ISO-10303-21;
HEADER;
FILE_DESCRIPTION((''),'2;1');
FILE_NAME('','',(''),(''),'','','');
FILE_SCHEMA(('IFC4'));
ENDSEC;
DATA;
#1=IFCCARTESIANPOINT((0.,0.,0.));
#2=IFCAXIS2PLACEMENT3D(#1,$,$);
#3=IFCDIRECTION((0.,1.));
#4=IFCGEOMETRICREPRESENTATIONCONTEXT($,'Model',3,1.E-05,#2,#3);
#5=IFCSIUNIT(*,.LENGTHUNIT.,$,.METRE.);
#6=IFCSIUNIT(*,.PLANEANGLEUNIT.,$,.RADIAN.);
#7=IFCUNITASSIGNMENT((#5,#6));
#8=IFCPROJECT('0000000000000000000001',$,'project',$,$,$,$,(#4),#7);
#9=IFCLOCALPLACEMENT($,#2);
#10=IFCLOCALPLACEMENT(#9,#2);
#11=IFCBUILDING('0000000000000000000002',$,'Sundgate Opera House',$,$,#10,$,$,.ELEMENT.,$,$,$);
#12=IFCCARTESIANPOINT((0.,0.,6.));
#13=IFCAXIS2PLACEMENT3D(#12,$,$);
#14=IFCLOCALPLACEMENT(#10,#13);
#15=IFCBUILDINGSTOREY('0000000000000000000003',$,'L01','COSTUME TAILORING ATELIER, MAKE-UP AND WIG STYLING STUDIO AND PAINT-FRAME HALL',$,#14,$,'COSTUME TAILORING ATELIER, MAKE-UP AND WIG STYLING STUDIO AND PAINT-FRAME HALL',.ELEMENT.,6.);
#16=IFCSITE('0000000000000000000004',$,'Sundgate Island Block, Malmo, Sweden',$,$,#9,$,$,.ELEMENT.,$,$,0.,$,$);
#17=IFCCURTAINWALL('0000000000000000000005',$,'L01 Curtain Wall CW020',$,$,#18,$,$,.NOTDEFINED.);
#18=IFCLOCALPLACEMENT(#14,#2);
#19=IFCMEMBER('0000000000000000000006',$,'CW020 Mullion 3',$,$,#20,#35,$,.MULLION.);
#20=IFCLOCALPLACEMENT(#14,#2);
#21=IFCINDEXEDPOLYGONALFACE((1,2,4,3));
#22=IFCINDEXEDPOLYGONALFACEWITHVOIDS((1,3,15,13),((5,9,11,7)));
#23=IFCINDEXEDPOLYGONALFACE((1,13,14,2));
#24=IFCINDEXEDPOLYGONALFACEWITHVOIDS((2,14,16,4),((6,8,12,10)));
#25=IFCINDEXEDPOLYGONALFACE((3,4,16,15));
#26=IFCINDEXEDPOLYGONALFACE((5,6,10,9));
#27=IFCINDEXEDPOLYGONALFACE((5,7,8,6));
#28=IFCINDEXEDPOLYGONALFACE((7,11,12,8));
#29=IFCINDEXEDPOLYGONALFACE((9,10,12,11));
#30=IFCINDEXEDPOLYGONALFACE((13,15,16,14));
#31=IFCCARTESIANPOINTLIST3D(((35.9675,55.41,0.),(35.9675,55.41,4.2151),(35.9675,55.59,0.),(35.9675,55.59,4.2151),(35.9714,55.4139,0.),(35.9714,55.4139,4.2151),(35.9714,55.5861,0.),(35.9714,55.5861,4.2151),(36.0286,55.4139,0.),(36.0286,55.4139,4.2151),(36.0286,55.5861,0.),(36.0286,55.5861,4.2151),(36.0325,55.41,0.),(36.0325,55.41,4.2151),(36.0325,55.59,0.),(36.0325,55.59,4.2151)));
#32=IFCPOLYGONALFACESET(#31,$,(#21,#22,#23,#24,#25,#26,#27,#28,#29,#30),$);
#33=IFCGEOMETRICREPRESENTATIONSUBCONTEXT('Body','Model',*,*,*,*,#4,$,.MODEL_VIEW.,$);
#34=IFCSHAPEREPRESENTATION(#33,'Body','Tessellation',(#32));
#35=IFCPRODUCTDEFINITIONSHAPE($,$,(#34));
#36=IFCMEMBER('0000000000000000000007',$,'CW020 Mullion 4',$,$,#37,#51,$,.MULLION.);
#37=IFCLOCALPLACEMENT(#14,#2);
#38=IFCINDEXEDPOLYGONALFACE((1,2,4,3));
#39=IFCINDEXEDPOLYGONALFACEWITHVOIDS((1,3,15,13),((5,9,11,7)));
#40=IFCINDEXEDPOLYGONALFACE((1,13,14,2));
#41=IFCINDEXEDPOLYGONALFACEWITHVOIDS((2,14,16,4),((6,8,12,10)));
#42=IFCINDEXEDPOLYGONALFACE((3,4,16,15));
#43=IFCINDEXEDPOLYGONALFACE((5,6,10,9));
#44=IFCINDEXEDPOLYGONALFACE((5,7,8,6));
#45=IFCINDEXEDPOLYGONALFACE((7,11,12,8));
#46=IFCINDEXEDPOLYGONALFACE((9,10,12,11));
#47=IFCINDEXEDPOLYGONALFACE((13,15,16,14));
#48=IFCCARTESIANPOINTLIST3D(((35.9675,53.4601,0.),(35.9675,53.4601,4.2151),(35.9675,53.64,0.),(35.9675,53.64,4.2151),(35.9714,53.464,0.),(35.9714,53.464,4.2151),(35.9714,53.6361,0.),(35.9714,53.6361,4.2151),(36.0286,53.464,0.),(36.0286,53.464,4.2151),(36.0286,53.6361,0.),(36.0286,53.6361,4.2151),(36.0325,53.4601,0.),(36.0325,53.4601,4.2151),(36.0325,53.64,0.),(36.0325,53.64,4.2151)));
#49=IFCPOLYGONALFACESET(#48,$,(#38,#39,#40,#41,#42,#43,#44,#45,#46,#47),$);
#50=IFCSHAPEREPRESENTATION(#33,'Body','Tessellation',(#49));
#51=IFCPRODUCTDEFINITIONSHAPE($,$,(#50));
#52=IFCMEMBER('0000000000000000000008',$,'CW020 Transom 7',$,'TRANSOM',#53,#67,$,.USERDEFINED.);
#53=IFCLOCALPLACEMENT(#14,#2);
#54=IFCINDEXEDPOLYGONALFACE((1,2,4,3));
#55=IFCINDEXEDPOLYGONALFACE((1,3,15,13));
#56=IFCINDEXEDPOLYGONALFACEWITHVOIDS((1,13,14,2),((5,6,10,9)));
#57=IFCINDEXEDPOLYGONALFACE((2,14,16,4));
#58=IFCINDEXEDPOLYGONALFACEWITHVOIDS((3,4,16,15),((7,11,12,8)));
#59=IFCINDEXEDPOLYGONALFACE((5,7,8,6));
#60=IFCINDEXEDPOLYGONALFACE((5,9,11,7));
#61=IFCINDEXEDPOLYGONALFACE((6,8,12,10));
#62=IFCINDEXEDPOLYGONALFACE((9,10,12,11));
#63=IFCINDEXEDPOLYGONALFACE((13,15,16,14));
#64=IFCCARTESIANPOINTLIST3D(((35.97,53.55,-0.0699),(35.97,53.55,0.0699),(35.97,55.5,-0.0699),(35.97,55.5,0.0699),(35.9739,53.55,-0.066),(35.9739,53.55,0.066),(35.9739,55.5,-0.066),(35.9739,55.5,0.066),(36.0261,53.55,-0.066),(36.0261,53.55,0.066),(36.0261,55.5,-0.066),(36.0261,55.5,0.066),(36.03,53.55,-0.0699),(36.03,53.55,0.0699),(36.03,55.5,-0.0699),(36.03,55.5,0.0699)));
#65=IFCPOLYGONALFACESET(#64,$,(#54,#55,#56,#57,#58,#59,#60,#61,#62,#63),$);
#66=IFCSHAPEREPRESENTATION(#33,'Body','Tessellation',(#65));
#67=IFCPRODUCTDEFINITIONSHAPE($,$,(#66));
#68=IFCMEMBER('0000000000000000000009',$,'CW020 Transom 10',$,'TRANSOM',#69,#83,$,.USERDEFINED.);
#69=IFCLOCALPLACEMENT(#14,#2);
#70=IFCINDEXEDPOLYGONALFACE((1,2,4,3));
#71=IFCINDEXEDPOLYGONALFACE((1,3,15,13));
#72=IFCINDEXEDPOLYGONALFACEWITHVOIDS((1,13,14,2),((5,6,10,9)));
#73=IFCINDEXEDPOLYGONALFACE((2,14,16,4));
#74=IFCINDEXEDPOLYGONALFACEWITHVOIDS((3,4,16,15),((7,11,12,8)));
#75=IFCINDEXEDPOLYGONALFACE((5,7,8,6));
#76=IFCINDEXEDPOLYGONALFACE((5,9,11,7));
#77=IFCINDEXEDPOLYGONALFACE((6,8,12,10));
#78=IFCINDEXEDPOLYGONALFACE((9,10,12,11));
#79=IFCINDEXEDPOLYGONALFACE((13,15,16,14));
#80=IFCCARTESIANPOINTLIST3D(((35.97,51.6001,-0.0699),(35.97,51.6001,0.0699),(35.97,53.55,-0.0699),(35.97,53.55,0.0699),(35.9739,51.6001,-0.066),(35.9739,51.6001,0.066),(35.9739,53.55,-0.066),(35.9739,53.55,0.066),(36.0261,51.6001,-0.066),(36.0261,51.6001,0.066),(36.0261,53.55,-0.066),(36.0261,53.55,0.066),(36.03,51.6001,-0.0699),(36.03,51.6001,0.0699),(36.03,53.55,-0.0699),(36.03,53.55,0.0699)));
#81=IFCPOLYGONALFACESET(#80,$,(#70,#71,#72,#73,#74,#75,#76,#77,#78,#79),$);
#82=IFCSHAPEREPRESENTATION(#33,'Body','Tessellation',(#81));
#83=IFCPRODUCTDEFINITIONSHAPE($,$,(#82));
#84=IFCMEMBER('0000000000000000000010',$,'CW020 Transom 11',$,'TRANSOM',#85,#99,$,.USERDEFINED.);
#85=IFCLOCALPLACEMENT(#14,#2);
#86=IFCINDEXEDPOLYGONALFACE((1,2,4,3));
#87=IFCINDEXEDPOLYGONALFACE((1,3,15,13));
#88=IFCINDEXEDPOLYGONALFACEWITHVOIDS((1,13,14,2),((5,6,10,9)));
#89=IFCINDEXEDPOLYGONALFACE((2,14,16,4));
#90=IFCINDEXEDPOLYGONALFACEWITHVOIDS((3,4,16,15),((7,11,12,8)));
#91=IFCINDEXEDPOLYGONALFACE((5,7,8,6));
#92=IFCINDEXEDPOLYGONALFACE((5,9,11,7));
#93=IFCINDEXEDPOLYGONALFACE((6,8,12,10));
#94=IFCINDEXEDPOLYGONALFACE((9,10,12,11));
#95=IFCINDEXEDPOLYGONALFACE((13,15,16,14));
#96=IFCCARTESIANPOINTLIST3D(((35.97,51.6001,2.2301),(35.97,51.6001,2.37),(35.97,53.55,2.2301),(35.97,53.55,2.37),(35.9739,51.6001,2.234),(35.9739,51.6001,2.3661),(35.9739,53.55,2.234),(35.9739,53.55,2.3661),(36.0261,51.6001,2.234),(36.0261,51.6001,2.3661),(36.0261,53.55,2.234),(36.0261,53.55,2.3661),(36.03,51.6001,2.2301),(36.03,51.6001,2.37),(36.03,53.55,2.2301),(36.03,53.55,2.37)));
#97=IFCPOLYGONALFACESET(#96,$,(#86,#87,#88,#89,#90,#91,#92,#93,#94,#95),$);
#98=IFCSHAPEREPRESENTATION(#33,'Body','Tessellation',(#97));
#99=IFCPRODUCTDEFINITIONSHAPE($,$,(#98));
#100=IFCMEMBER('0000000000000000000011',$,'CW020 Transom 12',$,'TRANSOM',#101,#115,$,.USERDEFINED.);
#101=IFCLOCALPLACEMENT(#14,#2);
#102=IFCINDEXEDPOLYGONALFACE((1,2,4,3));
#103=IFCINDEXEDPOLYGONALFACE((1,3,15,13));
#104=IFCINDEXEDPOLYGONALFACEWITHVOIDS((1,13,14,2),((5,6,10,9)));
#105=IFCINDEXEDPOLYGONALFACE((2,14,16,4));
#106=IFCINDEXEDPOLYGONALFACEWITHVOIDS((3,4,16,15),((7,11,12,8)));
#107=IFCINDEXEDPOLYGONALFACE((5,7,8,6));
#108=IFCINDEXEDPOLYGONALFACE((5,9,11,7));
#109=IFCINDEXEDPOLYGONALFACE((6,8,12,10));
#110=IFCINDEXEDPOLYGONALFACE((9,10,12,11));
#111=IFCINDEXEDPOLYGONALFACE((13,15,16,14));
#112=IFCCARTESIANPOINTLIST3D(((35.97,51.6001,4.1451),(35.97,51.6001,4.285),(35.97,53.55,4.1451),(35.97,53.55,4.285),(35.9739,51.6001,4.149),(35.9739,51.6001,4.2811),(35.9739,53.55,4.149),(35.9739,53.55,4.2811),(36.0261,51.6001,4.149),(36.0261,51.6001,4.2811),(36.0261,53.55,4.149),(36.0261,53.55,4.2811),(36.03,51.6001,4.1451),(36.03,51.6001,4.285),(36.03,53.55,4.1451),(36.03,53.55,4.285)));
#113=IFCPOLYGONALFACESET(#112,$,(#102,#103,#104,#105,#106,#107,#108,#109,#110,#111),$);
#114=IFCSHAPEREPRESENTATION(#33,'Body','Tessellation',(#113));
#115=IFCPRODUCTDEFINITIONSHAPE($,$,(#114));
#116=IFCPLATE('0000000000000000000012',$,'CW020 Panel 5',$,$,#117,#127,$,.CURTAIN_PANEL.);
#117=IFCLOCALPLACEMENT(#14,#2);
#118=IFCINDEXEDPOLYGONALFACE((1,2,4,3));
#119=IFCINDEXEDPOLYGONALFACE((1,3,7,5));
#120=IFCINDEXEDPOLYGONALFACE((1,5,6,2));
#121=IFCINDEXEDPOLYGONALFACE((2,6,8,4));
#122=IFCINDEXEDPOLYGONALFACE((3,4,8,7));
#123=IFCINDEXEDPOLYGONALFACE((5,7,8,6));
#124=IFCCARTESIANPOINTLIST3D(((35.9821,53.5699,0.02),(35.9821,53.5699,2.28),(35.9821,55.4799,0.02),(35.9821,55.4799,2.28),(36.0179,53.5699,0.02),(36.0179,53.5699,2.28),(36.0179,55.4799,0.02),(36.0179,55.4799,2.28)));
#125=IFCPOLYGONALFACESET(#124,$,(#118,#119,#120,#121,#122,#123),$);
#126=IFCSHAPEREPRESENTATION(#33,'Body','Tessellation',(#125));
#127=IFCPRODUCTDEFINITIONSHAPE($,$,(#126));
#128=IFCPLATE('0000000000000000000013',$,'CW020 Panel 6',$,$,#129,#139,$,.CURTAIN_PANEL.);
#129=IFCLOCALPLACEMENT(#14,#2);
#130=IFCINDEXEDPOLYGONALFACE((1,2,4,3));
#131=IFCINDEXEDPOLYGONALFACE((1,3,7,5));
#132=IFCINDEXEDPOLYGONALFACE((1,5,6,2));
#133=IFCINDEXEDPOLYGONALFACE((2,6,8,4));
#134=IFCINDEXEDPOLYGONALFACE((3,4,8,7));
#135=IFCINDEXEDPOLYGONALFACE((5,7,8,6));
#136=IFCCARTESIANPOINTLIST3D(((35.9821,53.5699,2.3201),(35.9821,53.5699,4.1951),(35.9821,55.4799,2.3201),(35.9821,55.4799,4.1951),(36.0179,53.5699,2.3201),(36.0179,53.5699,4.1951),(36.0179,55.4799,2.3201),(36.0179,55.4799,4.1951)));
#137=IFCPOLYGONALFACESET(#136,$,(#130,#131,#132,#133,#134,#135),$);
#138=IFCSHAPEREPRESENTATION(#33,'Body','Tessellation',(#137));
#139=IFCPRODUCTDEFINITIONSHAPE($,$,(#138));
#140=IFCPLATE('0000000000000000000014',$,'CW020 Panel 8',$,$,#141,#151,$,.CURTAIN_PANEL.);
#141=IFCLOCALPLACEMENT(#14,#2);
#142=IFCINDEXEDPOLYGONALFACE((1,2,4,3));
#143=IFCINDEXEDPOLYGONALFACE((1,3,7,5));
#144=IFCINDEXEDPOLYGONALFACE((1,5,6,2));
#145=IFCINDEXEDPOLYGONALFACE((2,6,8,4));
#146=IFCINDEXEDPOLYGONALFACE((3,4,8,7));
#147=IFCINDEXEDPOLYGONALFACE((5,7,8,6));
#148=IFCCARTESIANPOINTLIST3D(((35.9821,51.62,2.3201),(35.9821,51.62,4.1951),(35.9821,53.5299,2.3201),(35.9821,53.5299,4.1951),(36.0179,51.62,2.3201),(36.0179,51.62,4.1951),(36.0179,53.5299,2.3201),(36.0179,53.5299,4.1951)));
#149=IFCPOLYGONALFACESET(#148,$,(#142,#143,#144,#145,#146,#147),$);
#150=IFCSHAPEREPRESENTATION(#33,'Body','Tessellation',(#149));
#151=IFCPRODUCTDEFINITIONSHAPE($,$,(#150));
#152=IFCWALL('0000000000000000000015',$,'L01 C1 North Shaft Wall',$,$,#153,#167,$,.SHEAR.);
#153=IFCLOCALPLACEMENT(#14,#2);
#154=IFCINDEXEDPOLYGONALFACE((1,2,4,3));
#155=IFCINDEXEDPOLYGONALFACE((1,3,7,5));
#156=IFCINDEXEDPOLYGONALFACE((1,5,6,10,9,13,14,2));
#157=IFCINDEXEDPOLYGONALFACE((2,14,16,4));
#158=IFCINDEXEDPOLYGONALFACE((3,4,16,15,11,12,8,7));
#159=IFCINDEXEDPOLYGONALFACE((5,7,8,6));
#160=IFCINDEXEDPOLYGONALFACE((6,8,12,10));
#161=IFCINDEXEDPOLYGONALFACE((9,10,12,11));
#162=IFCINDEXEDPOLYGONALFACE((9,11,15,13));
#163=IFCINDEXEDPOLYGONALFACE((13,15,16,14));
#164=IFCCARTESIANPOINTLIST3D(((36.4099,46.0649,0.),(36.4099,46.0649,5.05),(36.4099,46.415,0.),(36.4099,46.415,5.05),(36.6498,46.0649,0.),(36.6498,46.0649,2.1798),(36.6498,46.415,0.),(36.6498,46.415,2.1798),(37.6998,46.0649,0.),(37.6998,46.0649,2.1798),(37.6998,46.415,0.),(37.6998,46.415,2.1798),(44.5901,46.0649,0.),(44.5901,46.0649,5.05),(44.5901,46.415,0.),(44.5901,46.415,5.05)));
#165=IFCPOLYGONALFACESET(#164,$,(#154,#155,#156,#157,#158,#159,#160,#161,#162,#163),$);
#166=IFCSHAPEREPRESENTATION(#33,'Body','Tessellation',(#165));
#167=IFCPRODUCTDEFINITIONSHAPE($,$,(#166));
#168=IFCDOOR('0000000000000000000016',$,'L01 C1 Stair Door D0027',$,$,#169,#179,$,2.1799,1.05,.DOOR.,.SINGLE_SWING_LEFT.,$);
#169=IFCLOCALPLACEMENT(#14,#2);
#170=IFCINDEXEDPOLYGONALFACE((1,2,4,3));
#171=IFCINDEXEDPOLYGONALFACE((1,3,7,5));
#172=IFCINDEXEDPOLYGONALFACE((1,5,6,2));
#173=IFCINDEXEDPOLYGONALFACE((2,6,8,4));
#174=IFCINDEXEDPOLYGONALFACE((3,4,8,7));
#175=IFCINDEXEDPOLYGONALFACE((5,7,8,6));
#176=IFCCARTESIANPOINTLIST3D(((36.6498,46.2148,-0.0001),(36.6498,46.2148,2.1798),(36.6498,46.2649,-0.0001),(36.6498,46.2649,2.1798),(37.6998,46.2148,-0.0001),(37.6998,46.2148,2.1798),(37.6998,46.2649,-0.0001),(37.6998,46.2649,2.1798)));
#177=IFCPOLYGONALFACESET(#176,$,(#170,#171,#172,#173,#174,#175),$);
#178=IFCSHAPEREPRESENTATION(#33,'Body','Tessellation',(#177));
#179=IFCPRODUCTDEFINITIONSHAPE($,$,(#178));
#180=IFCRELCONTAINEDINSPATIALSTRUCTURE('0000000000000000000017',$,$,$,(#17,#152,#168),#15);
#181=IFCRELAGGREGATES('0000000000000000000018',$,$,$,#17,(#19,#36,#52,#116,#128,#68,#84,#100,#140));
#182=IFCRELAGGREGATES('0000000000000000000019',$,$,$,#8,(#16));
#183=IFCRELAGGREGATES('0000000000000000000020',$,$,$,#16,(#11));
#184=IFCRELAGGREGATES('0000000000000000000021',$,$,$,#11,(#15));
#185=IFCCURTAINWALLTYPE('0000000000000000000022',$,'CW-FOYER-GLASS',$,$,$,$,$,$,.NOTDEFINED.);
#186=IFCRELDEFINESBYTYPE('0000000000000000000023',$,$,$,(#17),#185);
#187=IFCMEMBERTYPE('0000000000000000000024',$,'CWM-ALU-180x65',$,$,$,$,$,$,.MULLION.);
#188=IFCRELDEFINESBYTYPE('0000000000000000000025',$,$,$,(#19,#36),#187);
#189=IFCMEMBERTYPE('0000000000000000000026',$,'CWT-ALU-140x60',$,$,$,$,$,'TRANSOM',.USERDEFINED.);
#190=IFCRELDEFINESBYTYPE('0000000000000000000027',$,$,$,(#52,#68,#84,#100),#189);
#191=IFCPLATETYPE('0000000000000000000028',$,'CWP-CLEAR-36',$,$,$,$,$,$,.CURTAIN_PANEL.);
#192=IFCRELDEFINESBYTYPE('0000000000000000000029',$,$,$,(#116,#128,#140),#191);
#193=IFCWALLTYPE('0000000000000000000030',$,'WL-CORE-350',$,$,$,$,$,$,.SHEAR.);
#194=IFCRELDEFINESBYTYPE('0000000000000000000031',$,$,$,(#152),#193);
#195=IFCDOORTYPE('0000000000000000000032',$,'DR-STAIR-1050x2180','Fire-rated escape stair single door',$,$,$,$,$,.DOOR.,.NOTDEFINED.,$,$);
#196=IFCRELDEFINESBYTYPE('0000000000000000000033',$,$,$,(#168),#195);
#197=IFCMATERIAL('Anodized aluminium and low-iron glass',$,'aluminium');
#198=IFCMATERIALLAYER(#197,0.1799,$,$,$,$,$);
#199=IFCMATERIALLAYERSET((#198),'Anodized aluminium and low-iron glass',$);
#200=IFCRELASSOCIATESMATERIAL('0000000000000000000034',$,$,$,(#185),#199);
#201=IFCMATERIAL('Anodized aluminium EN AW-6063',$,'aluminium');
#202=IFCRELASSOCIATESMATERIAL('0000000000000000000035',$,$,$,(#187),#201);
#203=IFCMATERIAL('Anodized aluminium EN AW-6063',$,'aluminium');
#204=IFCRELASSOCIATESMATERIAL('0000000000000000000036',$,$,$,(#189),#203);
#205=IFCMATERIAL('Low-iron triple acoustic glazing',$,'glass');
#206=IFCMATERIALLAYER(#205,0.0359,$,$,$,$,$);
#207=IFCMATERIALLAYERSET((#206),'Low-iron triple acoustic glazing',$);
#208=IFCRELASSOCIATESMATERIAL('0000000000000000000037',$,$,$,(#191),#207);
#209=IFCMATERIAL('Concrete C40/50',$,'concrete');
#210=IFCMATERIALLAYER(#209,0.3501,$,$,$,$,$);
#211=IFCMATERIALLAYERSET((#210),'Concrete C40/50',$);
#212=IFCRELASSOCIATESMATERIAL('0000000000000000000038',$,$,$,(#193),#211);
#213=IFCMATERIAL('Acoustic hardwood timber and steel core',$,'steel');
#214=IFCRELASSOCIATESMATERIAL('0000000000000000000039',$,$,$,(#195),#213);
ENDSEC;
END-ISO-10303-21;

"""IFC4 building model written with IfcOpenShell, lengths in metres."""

from ifc_helpers import new_model, si_unit, direction, frame, frame_2d, origin, origin_2d, place, context, subcontext, project, spatial, rectangle, hollow_rectangle, extrude, material, layer, layer_set, material_profile, profile_set, type_object, element, fill, aggregate, save


model = new_model("IFC4")

# Units and contexts
model_context = context("Model", 3, precision=1e-05, world=origin(), true_north=direction((0.0, 1.0)))
body_context = subcontext(model_context, "Body", "Model", "MODEL_VIEW")
ifc_project = project(units=[si_unit("LENGTHUNIT", "METRE"), si_unit("PLANEANGLEUNIT", "RADIAN")], contexts=[model_context])

# Site, building, storey
site_placement = place(None, origin())
site = spatial("IfcSite", under=ifc_project, at=site_placement, Name="Sundgate Island Block, Malmo, Sweden", CompositionType="ELEMENT", RefElevation=0.0)
building_placement = place(site_placement, origin())
building = spatial("IfcBuilding", under=site, at=building_placement, Name="Sundgate Opera House", CompositionType="ELEMENT")
storey_placement = place(building_placement, frame((0.0, 0.0, 6.0)))
storey = spatial("IfcBuildingStorey", under=building, at=storey_placement, Name="L01", Description="COSTUME TAILORING ATELIER, MAKE-UP AND WIG STYLING STUDIO AND PAINT-FRAME HALL", LongName="COSTUME TAILORING ATELIER, MAKE-UP AND WIG STYLING STUDIO AND PAINT-FRAME HALL", CompositionType="ELEMENT", Elevation=6.0)

# Curtain wall, members, plates
ifc_material_1 = material(Name="Anodized aluminium and low-iron glass", Category="aluminium")
ifc_layer_1 = layer(ifc_material_1, 0.1799)
ifc_layer_set_1 = layer_set([ifc_layer_1], Name="Anodized aluminium and low-iron glass")
curtain_wall_type = type_object("IfcCurtainWallType", Name="CW-FOYER-GLASS", PredefinedType="NOTDEFINED", material=ifc_layer_set_1)
curtain_wall_placement = place(storey_placement, origin())
curtain_wall = element("IfcCurtainWall", 1, at=curtain_wall_placement, inside=storey, type_object=curtain_wall_type, Name="L01 Curtain Wall CW020", PredefinedType="NOTDEFINED")
ifc_material_2 = material(Name="Anodized aluminium EN AW-6063", Category="aluminium")
ifc_material_profile_1 = material_profile(ifc_material_2, hollow_rectangle(XDim=0.0649, YDim=0.1799, WallThickness=0.0039, at=origin_2d()), Name="CWM 180x65x4")
ifc_profile_set_1 = profile_set([ifc_material_profile_1], Name="Anodized aluminium EN AW-6063")
member_type_1 = type_object("IfcMemberType", Name="CWM-ALU-180x65", PredefinedType="MULLION", material=ifc_profile_set_1)
member_1_placement = place(storey_placement, frame((36.0, 55.5, 0.0), z_axis=(0.0, 0.0, 1.0), x_axis=(1.0, 0.0, 0.0)))
member_1 = element("IfcMember", 2, at=member_1_placement, type_object=member_type_1, Name="CW020 Mullion 3", PredefinedType="MULLION", context=body_context, shape_type="SweptSolid", body=[
    extrude(hollow_rectangle(XDim=0.0649, YDim=0.1799, WallThickness=0.0039, at=origin_2d()), origin(), (0.0, 0.0, 1.0), 4.2151),
])
member_2_placement = place(storey_placement, frame((36.0, 53.55, 0.0), z_axis=(0.0, 0.0, 1.0), x_axis=(1.0, 0.0, 0.0)))
member_2 = element("IfcMember", 3, at=member_2_placement, type_object=member_type_1, Name="CW020 Mullion 4", PredefinedType="MULLION", context=body_context, shape_type="SweptSolid", body=[
    extrude(hollow_rectangle(XDim=0.0649, YDim=0.1799, WallThickness=0.0039, at=origin_2d()), origin(), (0.0, 0.0, 1.0), 4.2151),
])
ifc_material_3 = material(Name="Anodized aluminium EN AW-6063", Category="aluminium")
ifc_material_profile_2 = material_profile(ifc_material_3, hollow_rectangle(XDim=0.0601, YDim=0.1399, WallThickness=0.0039, at=origin_2d()), Name="CWT 140x60x4")
ifc_profile_set_2 = profile_set([ifc_material_profile_2], Name="Anodized aluminium EN AW-6063")
member_type_2 = type_object("IfcMemberType", Name="CWT-ALU-140x60", ElementType="TRANSOM", PredefinedType="USERDEFINED", material=ifc_profile_set_2)
member_3_placement = place(storey_placement, frame((36.0, 55.5, 0.0), z_axis=(0.0, -1.0, 0.0), x_axis=(1.0, 0.0, 0.0)))
member_3 = element("IfcMember", 4, at=member_3_placement, type_object=member_type_2, Name="CW020 Transom 7", ObjectType="TRANSOM", PredefinedType="USERDEFINED", context=body_context, shape_type="SweptSolid", body=[
    extrude(hollow_rectangle(XDim=0.0601, YDim=0.1399, WallThickness=0.0039, at=origin_2d()), origin(), (0.0, 0.0, 1.0), 1.95),
])
member_4_placement = place(storey_placement, frame((36.0, 53.55, 0.0), z_axis=(0.0, -1.0, 0.0), x_axis=(1.0, 0.0, 0.0)))
member_4 = element("IfcMember", 5, at=member_4_placement, type_object=member_type_2, Name="CW020 Transom 10", ObjectType="TRANSOM", PredefinedType="USERDEFINED", context=body_context, shape_type="SweptSolid", body=[
    extrude(hollow_rectangle(XDim=0.0601, YDim=0.1399, WallThickness=0.0039, at=origin_2d()), origin(), (0.0, 0.0, 1.0), 1.95),
])
member_5_placement = place(storey_placement, frame((36.0, 53.55, 2.3), z_axis=(0.0, -1.0, 0.0), x_axis=(1.0, 0.0, 0.0)))
member_5 = element("IfcMember", 6, at=member_5_placement, type_object=member_type_2, Name="CW020 Transom 11", ObjectType="TRANSOM", PredefinedType="USERDEFINED", context=body_context, shape_type="SweptSolid", body=[
    extrude(hollow_rectangle(XDim=0.0601, YDim=0.1399, WallThickness=0.0039, at=origin_2d()), origin(), (0.0, 0.0, 1.0), 1.95),
])
member_6_placement = place(storey_placement, frame((36.0, 53.55, 4.2151), z_axis=(0.0, -1.0, 0.0), x_axis=(1.0, 0.0, 0.0)))
member_6 = element("IfcMember", 7, at=member_6_placement, type_object=member_type_2, Name="CW020 Transom 12", ObjectType="TRANSOM", PredefinedType="USERDEFINED", context=body_context, shape_type="SweptSolid", body=[
    extrude(hollow_rectangle(XDim=0.0601, YDim=0.1399, WallThickness=0.0039, at=origin_2d()), origin(), (0.0, 0.0, 1.0), 1.95),
])
ifc_material_4 = material(Name="Low-iron triple acoustic glazing", Category="glass")
ifc_layer_2 = layer(ifc_material_4, 0.0359)
ifc_layer_set_2 = layer_set([ifc_layer_2], Name="Low-iron triple acoustic glazing")
plate_type = type_object("IfcPlateType", Name="CWP-CLEAR-36", PredefinedType="CURTAIN_PANEL", material=ifc_layer_set_2)
plate_1_placement = place(storey_placement, frame((36.0, 54.5249, 0.02), z_axis=(0.0, 0.0, 1.0), x_axis=(0.0, -1.0, 0.0)))
plate_1 = element("IfcPlate", 8, at=plate_1_placement, type_object=plate_type, Name="CW020 Panel 5", PredefinedType="CURTAIN_PANEL", context=body_context, shape_type="SweptSolid", body=[
    extrude(rectangle(XDim=1.9099, YDim=0.0359, at=origin_2d()), origin(), (0.0, 0.0, 1.0), 2.26),
])
plate_2_placement = place(storey_placement, frame((36.0, 54.5249, 2.3201), z_axis=(0.0, 0.0, 1.0), x_axis=(0.0, -1.0, 0.0)))
plate_2 = element("IfcPlate", 9, at=plate_2_placement, type_object=plate_type, Name="CW020 Panel 6", PredefinedType="CURTAIN_PANEL", context=body_context, shape_type="SweptSolid", body=[
    extrude(rectangle(XDim=1.9099, YDim=0.0359, at=origin_2d()), origin(), (0.0, 0.0, 1.0), 1.875),
])
plate_3_placement = place(storey_placement, frame((36.0, 52.575, 2.3201), z_axis=(0.0, 0.0, 1.0), x_axis=(0.0, -1.0, 0.0)))
plate_3 = element("IfcPlate", 10, at=plate_3_placement, type_object=plate_type, Name="CW020 Panel 8", PredefinedType="CURTAIN_PANEL", context=body_context, shape_type="SweptSolid", body=[
    extrude(rectangle(XDim=1.9099, YDim=0.0359, at=origin_2d()), origin(), (0.0, 0.0, 1.0), 1.875),
])
aggregate(curtain_wall, [member_1, member_2, member_3, plate_1, plate_2, member_4, member_5, member_6, plate_3])

# Wall, opening, door
ifc_material_5 = material(Name="Concrete C40/50", Category="concrete")
ifc_layer_3 = layer(ifc_material_5, 0.3501)
ifc_layer_set_3 = layer_set([ifc_layer_3], Name="Concrete C40/50")
wall_type_1 = type_object("IfcWallType", Name="WL-CORE-350", PredefinedType="SHEAR", material=ifc_layer_set_3)
wall_1_placement = place(storey_placement, frame((36.4099, 46.24, 0.0), z_axis=(0.0, 0.0, 1.0), x_axis=(1.0, 0.0, 0.0)))
wall_1 = element("IfcWall", 11, at=wall_1_placement, inside=storey, type_object=wall_type_1, Name="L01 C1 North Shaft Wall", PredefinedType="SHEAR", context=body_context, shape_type="SweptSolid", body=[
    extrude(rectangle(XDim=8.1802, YDim=0.3501, at=frame_2d((4.0901, 0.0))), origin(), (0.0, 0.0, 1.0), 5.05),
])
opening_1_placement = place(wall_1_placement, frame((0.24, 0.0, 0.0)))
opening_1 = element("IfcOpeningElement", 12, at=opening_1_placement, cuts=wall_1, PredefinedType="OPENING", context=body_context, shape_type="SweptSolid", body=[
    extrude(rectangle(XDim=1.05, YDim=2.1799, at=frame_2d((0.5249, 1.0898))), frame((0.0, 0.1851, 0.0), z_axis=(0.0, -1.0, 0.0), x_axis=(1.0, 0.0, 0.0)), (0.0, 0.0, 1.0), 0.3701),
])
ifc_material_6 = material(Name="Acoustic hardwood timber and steel core", Category="steel")
door_type_1 = type_object("IfcDoorType", Name="DR-STAIR-1050x2180", Description="Fire-rated escape stair single door", OperationType="NOTDEFINED", PredefinedType="DOOR", material=ifc_material_6)
door_1_placement = place(opening_1_placement, origin())
door_1 = element("IfcDoor", 13, at=door_1_placement, inside=storey, type_object=door_type_1, Name="L01 C1 Stair Door D0027", OperationType="SINGLE_SWING_LEFT", OverallHeight=2.1799, OverallWidth=1.05, PredefinedType="DOOR", context=body_context, shape_type="SweptSolid", body=[
    extrude(rectangle(XDim=1.05, YDim=2.1799, at=frame_2d((0.5249, 1.0898))), frame((0.0, 0.0249, 0.0), z_axis=(0.0, -1.0, 0.0), x_axis=(1.0, 0.0, 0.0)), (0.0, 0.0, 1.0), 0.05),
])
fill(opening_1, door_1)

save(model, "model.ifc")
